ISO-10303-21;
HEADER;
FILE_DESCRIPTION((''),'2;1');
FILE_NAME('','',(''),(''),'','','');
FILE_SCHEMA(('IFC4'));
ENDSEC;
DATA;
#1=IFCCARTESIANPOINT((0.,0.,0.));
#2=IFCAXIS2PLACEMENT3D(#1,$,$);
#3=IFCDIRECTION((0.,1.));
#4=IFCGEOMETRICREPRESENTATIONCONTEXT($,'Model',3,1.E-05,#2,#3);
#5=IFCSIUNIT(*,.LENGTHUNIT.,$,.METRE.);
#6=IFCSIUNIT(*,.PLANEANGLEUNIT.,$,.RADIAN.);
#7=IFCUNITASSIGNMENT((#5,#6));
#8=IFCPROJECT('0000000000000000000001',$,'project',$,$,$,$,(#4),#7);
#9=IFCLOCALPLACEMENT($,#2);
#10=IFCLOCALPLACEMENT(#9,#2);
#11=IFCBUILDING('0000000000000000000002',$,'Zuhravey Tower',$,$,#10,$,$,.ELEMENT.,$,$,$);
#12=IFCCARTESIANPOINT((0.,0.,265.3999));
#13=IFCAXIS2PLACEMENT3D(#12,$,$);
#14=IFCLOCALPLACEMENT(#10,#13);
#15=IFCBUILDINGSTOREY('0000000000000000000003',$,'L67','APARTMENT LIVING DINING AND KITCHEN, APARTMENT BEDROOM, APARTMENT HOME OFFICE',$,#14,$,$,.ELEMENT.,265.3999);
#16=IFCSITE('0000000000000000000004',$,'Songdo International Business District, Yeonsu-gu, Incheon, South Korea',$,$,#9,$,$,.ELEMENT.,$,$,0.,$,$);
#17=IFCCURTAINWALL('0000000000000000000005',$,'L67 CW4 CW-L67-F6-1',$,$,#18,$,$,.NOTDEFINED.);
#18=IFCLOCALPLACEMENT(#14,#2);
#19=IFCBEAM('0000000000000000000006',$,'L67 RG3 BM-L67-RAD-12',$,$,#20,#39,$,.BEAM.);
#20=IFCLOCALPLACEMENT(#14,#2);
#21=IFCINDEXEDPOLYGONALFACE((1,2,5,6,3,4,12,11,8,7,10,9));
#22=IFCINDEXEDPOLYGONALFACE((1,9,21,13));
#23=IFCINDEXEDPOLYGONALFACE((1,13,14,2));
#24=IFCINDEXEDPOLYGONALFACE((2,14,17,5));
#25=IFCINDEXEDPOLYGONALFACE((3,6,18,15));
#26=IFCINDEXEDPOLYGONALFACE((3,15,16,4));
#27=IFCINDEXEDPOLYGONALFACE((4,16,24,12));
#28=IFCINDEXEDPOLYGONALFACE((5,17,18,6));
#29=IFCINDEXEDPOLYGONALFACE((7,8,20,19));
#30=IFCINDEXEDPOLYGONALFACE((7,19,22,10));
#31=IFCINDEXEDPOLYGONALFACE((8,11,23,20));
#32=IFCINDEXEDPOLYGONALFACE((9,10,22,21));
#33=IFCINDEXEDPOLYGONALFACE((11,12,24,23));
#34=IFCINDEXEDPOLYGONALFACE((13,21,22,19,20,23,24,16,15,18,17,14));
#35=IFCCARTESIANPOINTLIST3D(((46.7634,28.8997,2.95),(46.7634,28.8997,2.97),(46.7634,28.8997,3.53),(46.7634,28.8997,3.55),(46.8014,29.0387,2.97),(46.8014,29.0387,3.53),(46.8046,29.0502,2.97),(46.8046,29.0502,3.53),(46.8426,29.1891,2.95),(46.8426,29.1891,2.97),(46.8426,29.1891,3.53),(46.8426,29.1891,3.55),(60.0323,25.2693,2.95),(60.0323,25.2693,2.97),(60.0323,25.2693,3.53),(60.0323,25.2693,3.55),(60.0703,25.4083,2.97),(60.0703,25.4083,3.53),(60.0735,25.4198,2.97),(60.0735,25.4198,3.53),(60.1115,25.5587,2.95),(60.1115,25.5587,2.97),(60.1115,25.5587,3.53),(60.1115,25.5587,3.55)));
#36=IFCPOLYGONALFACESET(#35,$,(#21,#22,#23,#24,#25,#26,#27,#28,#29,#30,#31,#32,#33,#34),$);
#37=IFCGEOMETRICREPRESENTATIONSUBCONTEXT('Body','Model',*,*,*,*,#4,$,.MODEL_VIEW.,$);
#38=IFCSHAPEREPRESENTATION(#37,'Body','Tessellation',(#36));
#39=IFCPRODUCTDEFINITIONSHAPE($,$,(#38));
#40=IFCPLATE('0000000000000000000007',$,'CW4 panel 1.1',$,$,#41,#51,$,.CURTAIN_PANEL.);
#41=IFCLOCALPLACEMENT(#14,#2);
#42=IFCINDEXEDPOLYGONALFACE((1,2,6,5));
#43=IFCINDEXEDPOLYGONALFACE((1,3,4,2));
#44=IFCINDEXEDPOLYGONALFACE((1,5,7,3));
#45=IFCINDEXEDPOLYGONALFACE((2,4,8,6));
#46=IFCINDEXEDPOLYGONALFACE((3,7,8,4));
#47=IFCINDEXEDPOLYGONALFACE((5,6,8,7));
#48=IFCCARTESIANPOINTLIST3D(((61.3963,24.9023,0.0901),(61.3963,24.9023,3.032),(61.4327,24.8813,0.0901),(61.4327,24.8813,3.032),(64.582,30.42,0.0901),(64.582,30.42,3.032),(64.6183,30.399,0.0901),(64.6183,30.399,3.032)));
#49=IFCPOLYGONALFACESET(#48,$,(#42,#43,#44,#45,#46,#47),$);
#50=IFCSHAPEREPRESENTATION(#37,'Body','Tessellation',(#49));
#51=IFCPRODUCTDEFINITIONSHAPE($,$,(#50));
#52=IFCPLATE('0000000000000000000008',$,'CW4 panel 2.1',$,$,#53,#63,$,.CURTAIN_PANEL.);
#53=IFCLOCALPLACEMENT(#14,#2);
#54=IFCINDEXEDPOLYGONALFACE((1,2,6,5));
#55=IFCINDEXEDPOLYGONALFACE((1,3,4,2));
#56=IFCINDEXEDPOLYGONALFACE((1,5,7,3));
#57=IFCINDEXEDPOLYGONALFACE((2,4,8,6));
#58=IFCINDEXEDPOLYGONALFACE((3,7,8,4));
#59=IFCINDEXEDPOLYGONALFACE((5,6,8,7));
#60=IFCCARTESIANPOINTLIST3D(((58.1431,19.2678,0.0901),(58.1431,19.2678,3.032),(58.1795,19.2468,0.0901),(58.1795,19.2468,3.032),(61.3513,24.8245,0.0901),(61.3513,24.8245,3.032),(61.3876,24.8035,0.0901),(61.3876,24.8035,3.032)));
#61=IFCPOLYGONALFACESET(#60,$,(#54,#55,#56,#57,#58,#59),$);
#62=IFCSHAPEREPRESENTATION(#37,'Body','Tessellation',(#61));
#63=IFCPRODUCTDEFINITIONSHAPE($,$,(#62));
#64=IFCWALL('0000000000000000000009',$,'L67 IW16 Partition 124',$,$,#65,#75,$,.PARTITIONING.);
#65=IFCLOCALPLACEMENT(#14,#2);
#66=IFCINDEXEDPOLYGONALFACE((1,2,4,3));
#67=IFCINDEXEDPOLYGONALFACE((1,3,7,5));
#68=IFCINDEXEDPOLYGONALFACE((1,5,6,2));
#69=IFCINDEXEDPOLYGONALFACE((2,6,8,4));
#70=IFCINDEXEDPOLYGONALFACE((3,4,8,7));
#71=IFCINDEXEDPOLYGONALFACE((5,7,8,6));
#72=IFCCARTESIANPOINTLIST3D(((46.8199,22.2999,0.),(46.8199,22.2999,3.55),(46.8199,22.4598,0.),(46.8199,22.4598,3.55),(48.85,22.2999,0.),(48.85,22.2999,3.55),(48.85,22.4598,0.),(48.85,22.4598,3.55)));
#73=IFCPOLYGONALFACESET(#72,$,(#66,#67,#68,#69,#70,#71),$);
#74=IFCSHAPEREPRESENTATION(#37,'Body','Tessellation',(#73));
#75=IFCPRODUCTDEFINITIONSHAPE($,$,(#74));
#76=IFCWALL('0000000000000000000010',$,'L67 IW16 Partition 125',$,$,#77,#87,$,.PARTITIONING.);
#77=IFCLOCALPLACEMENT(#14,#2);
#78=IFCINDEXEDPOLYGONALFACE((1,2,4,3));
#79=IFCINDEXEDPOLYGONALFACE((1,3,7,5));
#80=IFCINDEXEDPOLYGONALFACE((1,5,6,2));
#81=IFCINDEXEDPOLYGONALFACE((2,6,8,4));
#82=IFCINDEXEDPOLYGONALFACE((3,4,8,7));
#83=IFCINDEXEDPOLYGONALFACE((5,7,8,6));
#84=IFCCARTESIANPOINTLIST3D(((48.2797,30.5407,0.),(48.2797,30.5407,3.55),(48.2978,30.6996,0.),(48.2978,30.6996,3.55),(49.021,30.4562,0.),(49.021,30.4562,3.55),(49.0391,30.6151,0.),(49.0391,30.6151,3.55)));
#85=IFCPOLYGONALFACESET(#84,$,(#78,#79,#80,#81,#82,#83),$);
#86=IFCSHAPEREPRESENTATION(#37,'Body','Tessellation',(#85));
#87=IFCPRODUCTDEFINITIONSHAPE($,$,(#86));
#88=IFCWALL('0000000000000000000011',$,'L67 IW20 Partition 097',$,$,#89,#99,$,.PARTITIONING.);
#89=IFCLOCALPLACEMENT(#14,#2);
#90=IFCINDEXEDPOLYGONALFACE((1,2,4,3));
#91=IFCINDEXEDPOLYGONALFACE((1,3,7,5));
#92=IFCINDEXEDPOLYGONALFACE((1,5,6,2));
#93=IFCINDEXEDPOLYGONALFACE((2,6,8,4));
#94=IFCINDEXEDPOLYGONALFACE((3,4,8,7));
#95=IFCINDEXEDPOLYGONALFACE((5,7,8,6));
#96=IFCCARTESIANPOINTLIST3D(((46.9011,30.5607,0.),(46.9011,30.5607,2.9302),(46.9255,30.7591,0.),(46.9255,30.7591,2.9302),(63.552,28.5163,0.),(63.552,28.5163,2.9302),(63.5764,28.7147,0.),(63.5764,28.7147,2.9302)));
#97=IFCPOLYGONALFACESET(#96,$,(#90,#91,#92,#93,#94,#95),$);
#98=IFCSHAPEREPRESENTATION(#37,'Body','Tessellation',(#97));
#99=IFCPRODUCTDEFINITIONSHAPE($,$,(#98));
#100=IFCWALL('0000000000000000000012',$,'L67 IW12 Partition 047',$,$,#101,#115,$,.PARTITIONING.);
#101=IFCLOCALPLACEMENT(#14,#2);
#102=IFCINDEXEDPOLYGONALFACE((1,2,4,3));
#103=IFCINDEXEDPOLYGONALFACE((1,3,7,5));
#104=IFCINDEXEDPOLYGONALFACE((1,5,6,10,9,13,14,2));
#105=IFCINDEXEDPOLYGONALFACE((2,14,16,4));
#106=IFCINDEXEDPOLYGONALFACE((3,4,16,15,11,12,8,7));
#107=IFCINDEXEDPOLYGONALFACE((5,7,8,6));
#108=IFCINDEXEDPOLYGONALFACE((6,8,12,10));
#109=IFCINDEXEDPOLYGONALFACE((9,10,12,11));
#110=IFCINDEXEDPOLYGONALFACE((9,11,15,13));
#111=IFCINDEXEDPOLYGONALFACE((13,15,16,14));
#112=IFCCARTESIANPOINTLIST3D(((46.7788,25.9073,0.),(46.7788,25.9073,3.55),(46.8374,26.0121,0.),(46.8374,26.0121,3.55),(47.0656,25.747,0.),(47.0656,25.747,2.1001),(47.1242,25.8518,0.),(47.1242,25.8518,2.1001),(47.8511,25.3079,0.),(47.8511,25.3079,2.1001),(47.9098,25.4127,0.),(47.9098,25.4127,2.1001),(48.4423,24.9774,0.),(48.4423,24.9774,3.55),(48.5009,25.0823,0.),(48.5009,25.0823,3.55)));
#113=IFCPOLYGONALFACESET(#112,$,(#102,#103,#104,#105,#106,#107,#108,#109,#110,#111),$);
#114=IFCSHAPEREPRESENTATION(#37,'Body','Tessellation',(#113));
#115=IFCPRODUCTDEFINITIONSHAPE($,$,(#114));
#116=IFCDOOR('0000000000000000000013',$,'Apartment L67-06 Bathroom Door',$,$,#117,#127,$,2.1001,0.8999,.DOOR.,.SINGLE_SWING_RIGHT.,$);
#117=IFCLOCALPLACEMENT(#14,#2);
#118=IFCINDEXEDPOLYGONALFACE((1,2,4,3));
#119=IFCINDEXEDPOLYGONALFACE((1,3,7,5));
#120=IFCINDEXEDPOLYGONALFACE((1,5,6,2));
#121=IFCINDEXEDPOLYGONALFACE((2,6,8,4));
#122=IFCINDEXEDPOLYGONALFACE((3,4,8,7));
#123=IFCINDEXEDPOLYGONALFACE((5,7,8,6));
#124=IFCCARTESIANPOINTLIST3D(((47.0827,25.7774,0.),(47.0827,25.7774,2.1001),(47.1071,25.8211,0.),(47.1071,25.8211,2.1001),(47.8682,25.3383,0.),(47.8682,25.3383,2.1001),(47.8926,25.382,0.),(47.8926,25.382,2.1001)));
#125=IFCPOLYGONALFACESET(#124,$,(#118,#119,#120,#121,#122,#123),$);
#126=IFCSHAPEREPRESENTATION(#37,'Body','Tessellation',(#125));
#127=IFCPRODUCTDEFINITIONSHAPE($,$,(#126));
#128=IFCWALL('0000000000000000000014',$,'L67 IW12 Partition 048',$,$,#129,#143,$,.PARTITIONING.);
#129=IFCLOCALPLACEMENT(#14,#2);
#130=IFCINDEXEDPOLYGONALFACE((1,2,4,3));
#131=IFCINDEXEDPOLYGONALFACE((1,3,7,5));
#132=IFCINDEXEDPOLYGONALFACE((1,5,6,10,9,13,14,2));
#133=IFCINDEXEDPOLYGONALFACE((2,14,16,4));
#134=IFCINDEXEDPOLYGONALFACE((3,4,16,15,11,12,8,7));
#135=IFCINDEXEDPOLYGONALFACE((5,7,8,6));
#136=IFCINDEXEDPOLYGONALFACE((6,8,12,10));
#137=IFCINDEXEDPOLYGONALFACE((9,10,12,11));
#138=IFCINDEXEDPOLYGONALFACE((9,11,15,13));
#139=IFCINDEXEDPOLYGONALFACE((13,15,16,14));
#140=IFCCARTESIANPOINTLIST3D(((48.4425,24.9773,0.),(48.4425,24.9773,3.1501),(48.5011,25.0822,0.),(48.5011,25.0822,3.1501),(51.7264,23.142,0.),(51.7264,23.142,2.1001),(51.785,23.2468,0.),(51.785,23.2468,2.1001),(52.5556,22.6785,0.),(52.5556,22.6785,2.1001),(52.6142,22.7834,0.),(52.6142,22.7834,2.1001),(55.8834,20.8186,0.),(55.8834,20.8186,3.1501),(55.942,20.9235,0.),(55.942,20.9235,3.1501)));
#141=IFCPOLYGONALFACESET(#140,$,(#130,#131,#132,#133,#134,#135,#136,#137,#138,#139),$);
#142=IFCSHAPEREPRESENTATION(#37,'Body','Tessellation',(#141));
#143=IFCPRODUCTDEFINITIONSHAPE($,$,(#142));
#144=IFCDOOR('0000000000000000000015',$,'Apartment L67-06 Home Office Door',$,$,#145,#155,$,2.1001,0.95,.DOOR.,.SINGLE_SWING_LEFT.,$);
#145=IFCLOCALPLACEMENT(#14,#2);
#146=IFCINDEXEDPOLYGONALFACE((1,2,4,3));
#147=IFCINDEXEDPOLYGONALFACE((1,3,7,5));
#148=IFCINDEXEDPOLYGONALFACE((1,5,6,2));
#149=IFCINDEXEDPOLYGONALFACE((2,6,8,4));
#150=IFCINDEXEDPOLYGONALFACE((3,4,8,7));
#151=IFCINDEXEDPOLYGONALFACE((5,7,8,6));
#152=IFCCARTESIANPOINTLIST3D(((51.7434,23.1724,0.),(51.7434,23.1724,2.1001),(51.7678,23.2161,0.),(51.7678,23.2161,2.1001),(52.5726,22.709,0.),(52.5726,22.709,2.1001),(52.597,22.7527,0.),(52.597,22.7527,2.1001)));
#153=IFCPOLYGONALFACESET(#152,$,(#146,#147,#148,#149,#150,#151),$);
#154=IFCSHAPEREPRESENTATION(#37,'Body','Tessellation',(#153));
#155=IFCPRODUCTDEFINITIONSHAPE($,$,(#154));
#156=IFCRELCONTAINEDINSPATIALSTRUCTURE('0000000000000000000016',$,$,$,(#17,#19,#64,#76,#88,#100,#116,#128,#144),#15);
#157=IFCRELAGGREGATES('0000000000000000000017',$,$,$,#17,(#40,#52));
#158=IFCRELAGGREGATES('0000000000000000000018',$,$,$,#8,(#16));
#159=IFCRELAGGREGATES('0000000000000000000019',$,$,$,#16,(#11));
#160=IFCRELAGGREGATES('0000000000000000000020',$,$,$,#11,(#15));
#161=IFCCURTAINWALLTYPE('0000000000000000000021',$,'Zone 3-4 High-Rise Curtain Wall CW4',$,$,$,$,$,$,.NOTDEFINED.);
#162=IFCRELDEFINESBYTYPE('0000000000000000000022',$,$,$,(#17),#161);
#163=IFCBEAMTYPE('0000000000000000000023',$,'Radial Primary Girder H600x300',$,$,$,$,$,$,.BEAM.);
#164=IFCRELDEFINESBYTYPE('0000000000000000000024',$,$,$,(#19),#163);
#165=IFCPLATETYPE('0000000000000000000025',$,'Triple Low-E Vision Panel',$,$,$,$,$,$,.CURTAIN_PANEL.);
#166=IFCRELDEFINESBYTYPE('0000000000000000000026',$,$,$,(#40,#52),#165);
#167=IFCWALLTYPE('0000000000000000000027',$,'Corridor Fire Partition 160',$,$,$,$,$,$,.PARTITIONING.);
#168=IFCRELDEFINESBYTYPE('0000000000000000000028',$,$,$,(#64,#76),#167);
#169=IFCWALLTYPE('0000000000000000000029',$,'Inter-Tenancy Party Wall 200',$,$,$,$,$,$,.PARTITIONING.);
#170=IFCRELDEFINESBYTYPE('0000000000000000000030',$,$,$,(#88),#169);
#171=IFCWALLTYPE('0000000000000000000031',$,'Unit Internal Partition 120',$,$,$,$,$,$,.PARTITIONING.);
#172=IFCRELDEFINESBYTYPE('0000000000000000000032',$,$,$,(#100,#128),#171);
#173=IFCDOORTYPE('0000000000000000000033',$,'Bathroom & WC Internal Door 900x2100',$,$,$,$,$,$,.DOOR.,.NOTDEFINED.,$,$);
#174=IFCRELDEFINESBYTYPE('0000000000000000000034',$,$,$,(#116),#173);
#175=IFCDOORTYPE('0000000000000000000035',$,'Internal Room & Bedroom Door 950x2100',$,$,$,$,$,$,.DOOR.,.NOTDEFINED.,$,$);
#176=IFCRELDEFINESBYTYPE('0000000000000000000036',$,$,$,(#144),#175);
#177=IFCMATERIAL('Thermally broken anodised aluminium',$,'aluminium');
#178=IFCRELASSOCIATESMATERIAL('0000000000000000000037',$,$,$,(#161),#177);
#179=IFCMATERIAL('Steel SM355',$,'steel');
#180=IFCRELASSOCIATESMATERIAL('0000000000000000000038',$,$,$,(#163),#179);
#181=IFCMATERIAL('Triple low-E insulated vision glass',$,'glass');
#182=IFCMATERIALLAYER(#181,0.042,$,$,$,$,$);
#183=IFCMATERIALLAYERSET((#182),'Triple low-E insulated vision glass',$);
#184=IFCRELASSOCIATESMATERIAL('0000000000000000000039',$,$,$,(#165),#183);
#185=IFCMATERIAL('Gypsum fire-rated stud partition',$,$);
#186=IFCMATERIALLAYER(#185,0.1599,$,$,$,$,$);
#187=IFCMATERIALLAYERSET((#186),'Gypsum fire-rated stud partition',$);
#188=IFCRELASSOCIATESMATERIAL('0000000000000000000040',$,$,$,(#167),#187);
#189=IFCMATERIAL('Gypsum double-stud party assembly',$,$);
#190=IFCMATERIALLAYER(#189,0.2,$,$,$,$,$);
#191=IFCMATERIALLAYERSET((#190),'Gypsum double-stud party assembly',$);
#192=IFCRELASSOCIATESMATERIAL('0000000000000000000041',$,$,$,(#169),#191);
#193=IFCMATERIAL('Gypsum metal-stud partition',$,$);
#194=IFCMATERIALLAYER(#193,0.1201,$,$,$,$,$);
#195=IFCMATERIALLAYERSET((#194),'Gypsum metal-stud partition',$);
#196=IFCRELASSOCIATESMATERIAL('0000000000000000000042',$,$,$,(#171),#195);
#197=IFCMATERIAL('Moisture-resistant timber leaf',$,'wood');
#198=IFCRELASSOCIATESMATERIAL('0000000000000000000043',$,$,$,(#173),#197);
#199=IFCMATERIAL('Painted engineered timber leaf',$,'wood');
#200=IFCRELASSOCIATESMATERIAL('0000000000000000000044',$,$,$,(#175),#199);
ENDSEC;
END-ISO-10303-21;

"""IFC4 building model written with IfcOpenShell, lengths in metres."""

from ifc_helpers import new_model, si_unit, direction, frame, frame_2d, origin, origin_2d, place, context, subcontext, project, spatial, rectangle, i_section, extrude, material, layer, layer_set, material_profile, profile_set, type_object, element, fill, aggregate, save


model = new_model("IFC4")

# Units and contexts
model_context = context("Model", 3, precision=1e-05, world=origin(), true_north=direction((0.0, 1.0)))
body_context = subcontext(model_context, "Body", "Model", "MODEL_VIEW")
ifc_project = project(units=[si_unit("LENGTHUNIT", "METRE"), si_unit("PLANEANGLEUNIT", "RADIAN")], contexts=[model_context])

# Site, building, storey
site_placement = place(None, origin())
site = spatial("IfcSite", under=ifc_project, at=site_placement, Name="Songdo International Business District, Yeonsu-gu, Incheon, South Korea", CompositionType="ELEMENT", RefElevation=0.0)
building_placement = place(site_placement, origin())
building = spatial("IfcBuilding", under=site, at=building_placement, Name="Zuhravey Tower", CompositionType="ELEMENT")
storey_placement = place(building_placement, frame((0.0, 0.0, 265.3999)))
storey = spatial("IfcBuildingStorey", under=building, at=storey_placement, Name="L67", Description="APARTMENT LIVING DINING AND KITCHEN, APARTMENT BEDROOM, APARTMENT HOME OFFICE", CompositionType="ELEMENT", Elevation=265.3999)

# Curtain wall
ifc_material_1 = material(Name="Thermally broken anodised aluminium", Category="aluminium")
curtain_wall_type = type_object("IfcCurtainWallType", Name="Zone 3-4 High-Rise Curtain Wall CW4", PredefinedType="NOTDEFINED", material=ifc_material_1)
curtain_wall_placement = place(storey_placement, origin())
curtain_wall = element("IfcCurtainWall", 1, at=curtain_wall_placement, inside=storey, type_object=curtain_wall_type, Name="L67 CW4 CW-L67-F6-1", PredefinedType="NOTDEFINED")

# Beam
ifc_material_2 = material(Name="Steel SM355", Category="steel")
ifc_material_profile_1 = material_profile(ifc_material_2, i_section(OverallWidth=0.3, OverallDepth=0.6001, WebThickness=0.012, FlangeThickness=0.02, at=origin_2d()), Name="H-600x300x12x20")
ifc_profile_set_1 = profile_set([ifc_material_profile_1], Name="Steel SM355")
beam_type_1 = type_object("IfcBeamType", Name="Radial Primary Girder H600x300", PredefinedType="BEAM", material=ifc_profile_set_1)
beam_1_placement = place(storey_placement, frame((46.803, 29.0444, 3.25), z_axis=(0.964549, -0.263903, 0.0), x_axis=(0.263903, 0.964549, 0.0)))
element("IfcBeam", 2, at=beam_1_placement, inside=storey, type_object=beam_type_1, Name="L67 RG3 BM-L67-RAD-12", PredefinedType="BEAM", context=body_context, shape_type="SweptSolid", body=[
    extrude(i_section(OverallWidth=0.3, OverallDepth=0.6001, WebThickness=0.012, FlangeThickness=0.02, at=origin_2d()), origin(), (0.0, 0.0, 1.0), 13.7566),
])

# Plates
ifc_material_3 = material(Name="Triple low-E insulated vision glass", Category="glass")
ifc_layer_1 = layer(ifc_material_3, 0.042)
ifc_layer_set_1 = layer_set([ifc_layer_1], Name="Triple low-E insulated vision glass")
plate_type = type_object("IfcPlateType", Name="Triple Low-E Vision Panel", PredefinedType="CURTAIN_PANEL", material=ifc_layer_set_1)
plate_1_placement = place(storey_placement, frame((63.0073, 27.6506, 0.0901), z_axis=(0.0, 0.0, 1.0), x_axis=(-0.500001, -0.866025, 0.0)))
plate_1 = element("IfcPlate", 3, at=plate_1_placement, type_object=plate_type, Name="CW4 panel 1.1", PredefinedType="CURTAIN_PANEL", context=body_context, shape_type="SweptSolid", body=[
    extrude(rectangle(XDim=6.3713, YDim=0.042, at=origin_2d()), origin(), (0.0, 0.0, 1.0), 2.9419),
])
plate_2_placement = place(storey_placement, frame((59.7654, 22.0356, 0.0901), z_axis=(0.0, 0.0, 1.0), x_axis=(-0.500001, -0.866025, 0.0)))
plate_2 = element("IfcPlate", 4, at=plate_2_placement, type_object=plate_type, Name="CW4 panel 2.1", PredefinedType="CURTAIN_PANEL", context=body_context, shape_type="SweptSolid", body=[
    extrude(rectangle(XDim=6.4163, YDim=0.042, at=origin_2d()), origin(), (0.0, 0.0, 1.0), 2.9419),
])
aggregate(curtain_wall, [plate_1, plate_2])

# Shared definitions
ifc_material_4 = material(Name="Gypsum fire-rated stud partition")
ifc_layer_2 = layer(ifc_material_4, 0.1599)
ifc_layer_set_2 = layer_set([ifc_layer_2], Name="Gypsum fire-rated stud partition")
wall_type_1 = type_object("IfcWallType", Name="Corridor Fire Partition 160", PredefinedType="PARTITIONING", material=ifc_layer_set_2)

# Walls
wall_1_placement = place(storey_placement, frame((48.8501, 22.3799, 0.0), z_axis=(0.0, 0.0, 1.0), x_axis=(-1.0, 0.0, 0.0)))
element("IfcWall", 5, at=wall_1_placement, inside=storey, type_object=wall_type_1, Name="L67 IW16 Partition 124", PredefinedType="PARTITIONING", context=body_context, shape_type="SweptSolid", body=[
    extrude(rectangle(XDim=2.03, YDim=0.1599, at=frame_2d((1.0151, 0.0))), origin(), (0.0, 0.0, 1.0), 3.55),
])
wall_2_placement = place(storey_placement, frame((49.03, 30.5356, 0.0), z_axis=(0.0, 0.0, 1.0), x_axis=(-0.993568, 0.113233, 0.0)))
element("IfcWall", 6, at=wall_2_placement, inside=storey, type_object=wall_type_1, Name="L67 IW16 Partition 125", PredefinedType="PARTITIONING", context=body_context, shape_type="SweptSolid", body=[
    extrude(rectangle(XDim=0.7461, YDim=0.1599, at=frame_2d((0.373, 0.0))), origin(), (0.0, 0.0, 1.0), 3.55),
])
ifc_material_5 = material(Name="Gypsum double-stud party assembly")
ifc_layer_3 = layer(ifc_material_5, 0.2)
ifc_layer_set_3 = layer_set([ifc_layer_3], Name="Gypsum double-stud party assembly")
wall_type_2 = type_object("IfcWallType", Name="Inter-Tenancy Party Wall 200", PredefinedType="PARTITIONING", material=ifc_layer_set_3)
wall_3_placement = place(storey_placement, frame((46.9133, 30.6599, 0.0), z_axis=(0.0, 0.0, 1.0), x_axis=(0.992546, -0.121867, 0.0)))
element("IfcWall", 7, at=wall_3_placement, inside=storey, type_object=wall_type_2, Name="L67 IW20 Partition 097", PredefinedType="PARTITIONING", context=body_context, shape_type="SweptSolid", body=[
    extrude(rectangle(XDim=16.7759, YDim=0.2, at=frame_2d((8.3879, 0.0))), origin(), (0.0, 0.0, 1.0), 2.9302),
])

# Walls, openings, doors
ifc_material_6 = material(Name="Gypsum metal-stud partition")
ifc_layer_4 = layer(ifc_material_6, 0.1201)
ifc_layer_set_4 = layer_set([ifc_layer_4], Name="Gypsum metal-stud partition")
wall_type_3 = type_object("IfcWallType", Name="Unit Internal Partition 120", PredefinedType="PARTITIONING", material=ifc_layer_set_4)
wall_4_placement = place(storey_placement, frame((46.8081, 25.9597, 0.0), z_axis=(0.0, 0.0, 1.0), x_axis=(0.872879, -0.487936, 0.0)))
wall_4 = element("IfcWall", 8, at=wall_4_placement, inside=storey, type_object=wall_type_3, Name="L67 IW12 Partition 047", PredefinedType="PARTITIONING", context=body_context, shape_type="SweptSolid", body=[
    extrude(rectangle(XDim=1.9058, YDim=0.1201, at=frame_2d((0.9529, 0.0))), origin(), (0.0, 0.0, 1.0), 3.55),
])
opening_1_placement = place(wall_4_placement, frame((0.3286, 0.0, 0.0)))
opening_1 = element("IfcOpeningElement", 9, at=opening_1_placement, cuts=wall_4, PredefinedType="OPENING", context=body_context, shape_type="SweptSolid", body=[
    extrude(rectangle(XDim=0.8999, YDim=2.1001, at=frame_2d((0.45, 1.05))), frame((0.0, 0.072, 0.0), z_axis=(0.0, -1.0, 0.0), x_axis=(1.0, 0.0, 0.0)), (0.0, 0.0, 1.0), 0.144),
])
ifc_material_7 = material(Name="Moisture-resistant timber leaf", Category="wood")
door_type_1 = type_object("IfcDoorType", Name="Bathroom & WC Internal Door 900x2100", OperationType="NOTDEFINED", PredefinedType="DOOR", material=ifc_material_7)
door_1_placement = place(opening_1_placement, origin())
door_1 = element("IfcDoor", 10, at=door_1_placement, inside=storey, type_object=door_type_1, Name="Apartment L67-06 Bathroom Door", OperationType="SINGLE_SWING_RIGHT", OverallHeight=2.1001, OverallWidth=0.8999, PredefinedType="DOOR", context=body_context, shape_type="SweptSolid", body=[
    extrude(rectangle(XDim=0.8999, YDim=2.1001, at=frame_2d((0.45, 1.05))), frame((0.0, 0.0249, 0.0), z_axis=(0.0, -1.0, 0.0), x_axis=(1.0, 0.0, 0.0)), (0.0, 0.0, 1.0), 0.05),
])
fill(opening_1, door_1)
wall_5_placement = place(storey_placement, frame((48.4717, 25.0298, 0.0), z_axis=(0.0, 0.0, 1.0), x_axis=(0.872917, -0.487869, 0.0)))
wall_5 = element("IfcWall", 11, at=wall_5_placement, inside=storey, type_object=wall_type_3, Name="L67 IW12 Partition 048", PredefinedType="PARTITIONING", context=body_context, shape_type="SweptSolid", body=[
    extrude(rectangle(XDim=8.5242, YDim=0.1201, at=frame_2d((4.2622, 0.0))), origin(), (0.0, 0.0, 1.0), 3.1501),
])
opening_2_placement = place(wall_5_placement, frame((3.762, 0.0, 0.0)))
opening_2 = element("IfcOpeningElement", 12, at=opening_2_placement, cuts=wall_5, PredefinedType="OPENING", context=body_context, shape_type="SweptSolid", body=[
    extrude(rectangle(XDim=0.95, YDim=2.1001, at=frame_2d((0.4751, 1.05))), frame((0.0, 0.072, 0.0), z_axis=(0.0, -1.0, 0.0), x_axis=(1.0, 0.0, 0.0)), (0.0, 0.0, 1.0), 0.144),
])
ifc_material_8 = material(Name="Painted engineered timber leaf", Category="wood")
door_type_2 = type_object("IfcDoorType", Name="Internal Room & Bedroom Door 950x2100", OperationType="NOTDEFINED", PredefinedType="DOOR", material=ifc_material_8)
door_2_placement = place(opening_2_placement, origin())
door_2 = element("IfcDoor", 13, at=door_2_placement, inside=storey, type_object=door_type_2, Name="Apartment L67-06 Home Office Door", OperationType="SINGLE_SWING_LEFT", OverallHeight=2.1001, OverallWidth=0.95, PredefinedType="DOOR", context=body_context, shape_type="SweptSolid", body=[
    extrude(rectangle(XDim=0.95, YDim=2.1001, at=frame_2d((0.4751, 1.05))), frame((0.0, 0.0249, 0.0), z_axis=(0.0, -1.0, 0.0), x_axis=(1.0, 0.0, 0.0)), (0.0, 0.0, 1.0), 0.05),
])
fill(opening_2, door_2)

save(model, "model.ifc")
